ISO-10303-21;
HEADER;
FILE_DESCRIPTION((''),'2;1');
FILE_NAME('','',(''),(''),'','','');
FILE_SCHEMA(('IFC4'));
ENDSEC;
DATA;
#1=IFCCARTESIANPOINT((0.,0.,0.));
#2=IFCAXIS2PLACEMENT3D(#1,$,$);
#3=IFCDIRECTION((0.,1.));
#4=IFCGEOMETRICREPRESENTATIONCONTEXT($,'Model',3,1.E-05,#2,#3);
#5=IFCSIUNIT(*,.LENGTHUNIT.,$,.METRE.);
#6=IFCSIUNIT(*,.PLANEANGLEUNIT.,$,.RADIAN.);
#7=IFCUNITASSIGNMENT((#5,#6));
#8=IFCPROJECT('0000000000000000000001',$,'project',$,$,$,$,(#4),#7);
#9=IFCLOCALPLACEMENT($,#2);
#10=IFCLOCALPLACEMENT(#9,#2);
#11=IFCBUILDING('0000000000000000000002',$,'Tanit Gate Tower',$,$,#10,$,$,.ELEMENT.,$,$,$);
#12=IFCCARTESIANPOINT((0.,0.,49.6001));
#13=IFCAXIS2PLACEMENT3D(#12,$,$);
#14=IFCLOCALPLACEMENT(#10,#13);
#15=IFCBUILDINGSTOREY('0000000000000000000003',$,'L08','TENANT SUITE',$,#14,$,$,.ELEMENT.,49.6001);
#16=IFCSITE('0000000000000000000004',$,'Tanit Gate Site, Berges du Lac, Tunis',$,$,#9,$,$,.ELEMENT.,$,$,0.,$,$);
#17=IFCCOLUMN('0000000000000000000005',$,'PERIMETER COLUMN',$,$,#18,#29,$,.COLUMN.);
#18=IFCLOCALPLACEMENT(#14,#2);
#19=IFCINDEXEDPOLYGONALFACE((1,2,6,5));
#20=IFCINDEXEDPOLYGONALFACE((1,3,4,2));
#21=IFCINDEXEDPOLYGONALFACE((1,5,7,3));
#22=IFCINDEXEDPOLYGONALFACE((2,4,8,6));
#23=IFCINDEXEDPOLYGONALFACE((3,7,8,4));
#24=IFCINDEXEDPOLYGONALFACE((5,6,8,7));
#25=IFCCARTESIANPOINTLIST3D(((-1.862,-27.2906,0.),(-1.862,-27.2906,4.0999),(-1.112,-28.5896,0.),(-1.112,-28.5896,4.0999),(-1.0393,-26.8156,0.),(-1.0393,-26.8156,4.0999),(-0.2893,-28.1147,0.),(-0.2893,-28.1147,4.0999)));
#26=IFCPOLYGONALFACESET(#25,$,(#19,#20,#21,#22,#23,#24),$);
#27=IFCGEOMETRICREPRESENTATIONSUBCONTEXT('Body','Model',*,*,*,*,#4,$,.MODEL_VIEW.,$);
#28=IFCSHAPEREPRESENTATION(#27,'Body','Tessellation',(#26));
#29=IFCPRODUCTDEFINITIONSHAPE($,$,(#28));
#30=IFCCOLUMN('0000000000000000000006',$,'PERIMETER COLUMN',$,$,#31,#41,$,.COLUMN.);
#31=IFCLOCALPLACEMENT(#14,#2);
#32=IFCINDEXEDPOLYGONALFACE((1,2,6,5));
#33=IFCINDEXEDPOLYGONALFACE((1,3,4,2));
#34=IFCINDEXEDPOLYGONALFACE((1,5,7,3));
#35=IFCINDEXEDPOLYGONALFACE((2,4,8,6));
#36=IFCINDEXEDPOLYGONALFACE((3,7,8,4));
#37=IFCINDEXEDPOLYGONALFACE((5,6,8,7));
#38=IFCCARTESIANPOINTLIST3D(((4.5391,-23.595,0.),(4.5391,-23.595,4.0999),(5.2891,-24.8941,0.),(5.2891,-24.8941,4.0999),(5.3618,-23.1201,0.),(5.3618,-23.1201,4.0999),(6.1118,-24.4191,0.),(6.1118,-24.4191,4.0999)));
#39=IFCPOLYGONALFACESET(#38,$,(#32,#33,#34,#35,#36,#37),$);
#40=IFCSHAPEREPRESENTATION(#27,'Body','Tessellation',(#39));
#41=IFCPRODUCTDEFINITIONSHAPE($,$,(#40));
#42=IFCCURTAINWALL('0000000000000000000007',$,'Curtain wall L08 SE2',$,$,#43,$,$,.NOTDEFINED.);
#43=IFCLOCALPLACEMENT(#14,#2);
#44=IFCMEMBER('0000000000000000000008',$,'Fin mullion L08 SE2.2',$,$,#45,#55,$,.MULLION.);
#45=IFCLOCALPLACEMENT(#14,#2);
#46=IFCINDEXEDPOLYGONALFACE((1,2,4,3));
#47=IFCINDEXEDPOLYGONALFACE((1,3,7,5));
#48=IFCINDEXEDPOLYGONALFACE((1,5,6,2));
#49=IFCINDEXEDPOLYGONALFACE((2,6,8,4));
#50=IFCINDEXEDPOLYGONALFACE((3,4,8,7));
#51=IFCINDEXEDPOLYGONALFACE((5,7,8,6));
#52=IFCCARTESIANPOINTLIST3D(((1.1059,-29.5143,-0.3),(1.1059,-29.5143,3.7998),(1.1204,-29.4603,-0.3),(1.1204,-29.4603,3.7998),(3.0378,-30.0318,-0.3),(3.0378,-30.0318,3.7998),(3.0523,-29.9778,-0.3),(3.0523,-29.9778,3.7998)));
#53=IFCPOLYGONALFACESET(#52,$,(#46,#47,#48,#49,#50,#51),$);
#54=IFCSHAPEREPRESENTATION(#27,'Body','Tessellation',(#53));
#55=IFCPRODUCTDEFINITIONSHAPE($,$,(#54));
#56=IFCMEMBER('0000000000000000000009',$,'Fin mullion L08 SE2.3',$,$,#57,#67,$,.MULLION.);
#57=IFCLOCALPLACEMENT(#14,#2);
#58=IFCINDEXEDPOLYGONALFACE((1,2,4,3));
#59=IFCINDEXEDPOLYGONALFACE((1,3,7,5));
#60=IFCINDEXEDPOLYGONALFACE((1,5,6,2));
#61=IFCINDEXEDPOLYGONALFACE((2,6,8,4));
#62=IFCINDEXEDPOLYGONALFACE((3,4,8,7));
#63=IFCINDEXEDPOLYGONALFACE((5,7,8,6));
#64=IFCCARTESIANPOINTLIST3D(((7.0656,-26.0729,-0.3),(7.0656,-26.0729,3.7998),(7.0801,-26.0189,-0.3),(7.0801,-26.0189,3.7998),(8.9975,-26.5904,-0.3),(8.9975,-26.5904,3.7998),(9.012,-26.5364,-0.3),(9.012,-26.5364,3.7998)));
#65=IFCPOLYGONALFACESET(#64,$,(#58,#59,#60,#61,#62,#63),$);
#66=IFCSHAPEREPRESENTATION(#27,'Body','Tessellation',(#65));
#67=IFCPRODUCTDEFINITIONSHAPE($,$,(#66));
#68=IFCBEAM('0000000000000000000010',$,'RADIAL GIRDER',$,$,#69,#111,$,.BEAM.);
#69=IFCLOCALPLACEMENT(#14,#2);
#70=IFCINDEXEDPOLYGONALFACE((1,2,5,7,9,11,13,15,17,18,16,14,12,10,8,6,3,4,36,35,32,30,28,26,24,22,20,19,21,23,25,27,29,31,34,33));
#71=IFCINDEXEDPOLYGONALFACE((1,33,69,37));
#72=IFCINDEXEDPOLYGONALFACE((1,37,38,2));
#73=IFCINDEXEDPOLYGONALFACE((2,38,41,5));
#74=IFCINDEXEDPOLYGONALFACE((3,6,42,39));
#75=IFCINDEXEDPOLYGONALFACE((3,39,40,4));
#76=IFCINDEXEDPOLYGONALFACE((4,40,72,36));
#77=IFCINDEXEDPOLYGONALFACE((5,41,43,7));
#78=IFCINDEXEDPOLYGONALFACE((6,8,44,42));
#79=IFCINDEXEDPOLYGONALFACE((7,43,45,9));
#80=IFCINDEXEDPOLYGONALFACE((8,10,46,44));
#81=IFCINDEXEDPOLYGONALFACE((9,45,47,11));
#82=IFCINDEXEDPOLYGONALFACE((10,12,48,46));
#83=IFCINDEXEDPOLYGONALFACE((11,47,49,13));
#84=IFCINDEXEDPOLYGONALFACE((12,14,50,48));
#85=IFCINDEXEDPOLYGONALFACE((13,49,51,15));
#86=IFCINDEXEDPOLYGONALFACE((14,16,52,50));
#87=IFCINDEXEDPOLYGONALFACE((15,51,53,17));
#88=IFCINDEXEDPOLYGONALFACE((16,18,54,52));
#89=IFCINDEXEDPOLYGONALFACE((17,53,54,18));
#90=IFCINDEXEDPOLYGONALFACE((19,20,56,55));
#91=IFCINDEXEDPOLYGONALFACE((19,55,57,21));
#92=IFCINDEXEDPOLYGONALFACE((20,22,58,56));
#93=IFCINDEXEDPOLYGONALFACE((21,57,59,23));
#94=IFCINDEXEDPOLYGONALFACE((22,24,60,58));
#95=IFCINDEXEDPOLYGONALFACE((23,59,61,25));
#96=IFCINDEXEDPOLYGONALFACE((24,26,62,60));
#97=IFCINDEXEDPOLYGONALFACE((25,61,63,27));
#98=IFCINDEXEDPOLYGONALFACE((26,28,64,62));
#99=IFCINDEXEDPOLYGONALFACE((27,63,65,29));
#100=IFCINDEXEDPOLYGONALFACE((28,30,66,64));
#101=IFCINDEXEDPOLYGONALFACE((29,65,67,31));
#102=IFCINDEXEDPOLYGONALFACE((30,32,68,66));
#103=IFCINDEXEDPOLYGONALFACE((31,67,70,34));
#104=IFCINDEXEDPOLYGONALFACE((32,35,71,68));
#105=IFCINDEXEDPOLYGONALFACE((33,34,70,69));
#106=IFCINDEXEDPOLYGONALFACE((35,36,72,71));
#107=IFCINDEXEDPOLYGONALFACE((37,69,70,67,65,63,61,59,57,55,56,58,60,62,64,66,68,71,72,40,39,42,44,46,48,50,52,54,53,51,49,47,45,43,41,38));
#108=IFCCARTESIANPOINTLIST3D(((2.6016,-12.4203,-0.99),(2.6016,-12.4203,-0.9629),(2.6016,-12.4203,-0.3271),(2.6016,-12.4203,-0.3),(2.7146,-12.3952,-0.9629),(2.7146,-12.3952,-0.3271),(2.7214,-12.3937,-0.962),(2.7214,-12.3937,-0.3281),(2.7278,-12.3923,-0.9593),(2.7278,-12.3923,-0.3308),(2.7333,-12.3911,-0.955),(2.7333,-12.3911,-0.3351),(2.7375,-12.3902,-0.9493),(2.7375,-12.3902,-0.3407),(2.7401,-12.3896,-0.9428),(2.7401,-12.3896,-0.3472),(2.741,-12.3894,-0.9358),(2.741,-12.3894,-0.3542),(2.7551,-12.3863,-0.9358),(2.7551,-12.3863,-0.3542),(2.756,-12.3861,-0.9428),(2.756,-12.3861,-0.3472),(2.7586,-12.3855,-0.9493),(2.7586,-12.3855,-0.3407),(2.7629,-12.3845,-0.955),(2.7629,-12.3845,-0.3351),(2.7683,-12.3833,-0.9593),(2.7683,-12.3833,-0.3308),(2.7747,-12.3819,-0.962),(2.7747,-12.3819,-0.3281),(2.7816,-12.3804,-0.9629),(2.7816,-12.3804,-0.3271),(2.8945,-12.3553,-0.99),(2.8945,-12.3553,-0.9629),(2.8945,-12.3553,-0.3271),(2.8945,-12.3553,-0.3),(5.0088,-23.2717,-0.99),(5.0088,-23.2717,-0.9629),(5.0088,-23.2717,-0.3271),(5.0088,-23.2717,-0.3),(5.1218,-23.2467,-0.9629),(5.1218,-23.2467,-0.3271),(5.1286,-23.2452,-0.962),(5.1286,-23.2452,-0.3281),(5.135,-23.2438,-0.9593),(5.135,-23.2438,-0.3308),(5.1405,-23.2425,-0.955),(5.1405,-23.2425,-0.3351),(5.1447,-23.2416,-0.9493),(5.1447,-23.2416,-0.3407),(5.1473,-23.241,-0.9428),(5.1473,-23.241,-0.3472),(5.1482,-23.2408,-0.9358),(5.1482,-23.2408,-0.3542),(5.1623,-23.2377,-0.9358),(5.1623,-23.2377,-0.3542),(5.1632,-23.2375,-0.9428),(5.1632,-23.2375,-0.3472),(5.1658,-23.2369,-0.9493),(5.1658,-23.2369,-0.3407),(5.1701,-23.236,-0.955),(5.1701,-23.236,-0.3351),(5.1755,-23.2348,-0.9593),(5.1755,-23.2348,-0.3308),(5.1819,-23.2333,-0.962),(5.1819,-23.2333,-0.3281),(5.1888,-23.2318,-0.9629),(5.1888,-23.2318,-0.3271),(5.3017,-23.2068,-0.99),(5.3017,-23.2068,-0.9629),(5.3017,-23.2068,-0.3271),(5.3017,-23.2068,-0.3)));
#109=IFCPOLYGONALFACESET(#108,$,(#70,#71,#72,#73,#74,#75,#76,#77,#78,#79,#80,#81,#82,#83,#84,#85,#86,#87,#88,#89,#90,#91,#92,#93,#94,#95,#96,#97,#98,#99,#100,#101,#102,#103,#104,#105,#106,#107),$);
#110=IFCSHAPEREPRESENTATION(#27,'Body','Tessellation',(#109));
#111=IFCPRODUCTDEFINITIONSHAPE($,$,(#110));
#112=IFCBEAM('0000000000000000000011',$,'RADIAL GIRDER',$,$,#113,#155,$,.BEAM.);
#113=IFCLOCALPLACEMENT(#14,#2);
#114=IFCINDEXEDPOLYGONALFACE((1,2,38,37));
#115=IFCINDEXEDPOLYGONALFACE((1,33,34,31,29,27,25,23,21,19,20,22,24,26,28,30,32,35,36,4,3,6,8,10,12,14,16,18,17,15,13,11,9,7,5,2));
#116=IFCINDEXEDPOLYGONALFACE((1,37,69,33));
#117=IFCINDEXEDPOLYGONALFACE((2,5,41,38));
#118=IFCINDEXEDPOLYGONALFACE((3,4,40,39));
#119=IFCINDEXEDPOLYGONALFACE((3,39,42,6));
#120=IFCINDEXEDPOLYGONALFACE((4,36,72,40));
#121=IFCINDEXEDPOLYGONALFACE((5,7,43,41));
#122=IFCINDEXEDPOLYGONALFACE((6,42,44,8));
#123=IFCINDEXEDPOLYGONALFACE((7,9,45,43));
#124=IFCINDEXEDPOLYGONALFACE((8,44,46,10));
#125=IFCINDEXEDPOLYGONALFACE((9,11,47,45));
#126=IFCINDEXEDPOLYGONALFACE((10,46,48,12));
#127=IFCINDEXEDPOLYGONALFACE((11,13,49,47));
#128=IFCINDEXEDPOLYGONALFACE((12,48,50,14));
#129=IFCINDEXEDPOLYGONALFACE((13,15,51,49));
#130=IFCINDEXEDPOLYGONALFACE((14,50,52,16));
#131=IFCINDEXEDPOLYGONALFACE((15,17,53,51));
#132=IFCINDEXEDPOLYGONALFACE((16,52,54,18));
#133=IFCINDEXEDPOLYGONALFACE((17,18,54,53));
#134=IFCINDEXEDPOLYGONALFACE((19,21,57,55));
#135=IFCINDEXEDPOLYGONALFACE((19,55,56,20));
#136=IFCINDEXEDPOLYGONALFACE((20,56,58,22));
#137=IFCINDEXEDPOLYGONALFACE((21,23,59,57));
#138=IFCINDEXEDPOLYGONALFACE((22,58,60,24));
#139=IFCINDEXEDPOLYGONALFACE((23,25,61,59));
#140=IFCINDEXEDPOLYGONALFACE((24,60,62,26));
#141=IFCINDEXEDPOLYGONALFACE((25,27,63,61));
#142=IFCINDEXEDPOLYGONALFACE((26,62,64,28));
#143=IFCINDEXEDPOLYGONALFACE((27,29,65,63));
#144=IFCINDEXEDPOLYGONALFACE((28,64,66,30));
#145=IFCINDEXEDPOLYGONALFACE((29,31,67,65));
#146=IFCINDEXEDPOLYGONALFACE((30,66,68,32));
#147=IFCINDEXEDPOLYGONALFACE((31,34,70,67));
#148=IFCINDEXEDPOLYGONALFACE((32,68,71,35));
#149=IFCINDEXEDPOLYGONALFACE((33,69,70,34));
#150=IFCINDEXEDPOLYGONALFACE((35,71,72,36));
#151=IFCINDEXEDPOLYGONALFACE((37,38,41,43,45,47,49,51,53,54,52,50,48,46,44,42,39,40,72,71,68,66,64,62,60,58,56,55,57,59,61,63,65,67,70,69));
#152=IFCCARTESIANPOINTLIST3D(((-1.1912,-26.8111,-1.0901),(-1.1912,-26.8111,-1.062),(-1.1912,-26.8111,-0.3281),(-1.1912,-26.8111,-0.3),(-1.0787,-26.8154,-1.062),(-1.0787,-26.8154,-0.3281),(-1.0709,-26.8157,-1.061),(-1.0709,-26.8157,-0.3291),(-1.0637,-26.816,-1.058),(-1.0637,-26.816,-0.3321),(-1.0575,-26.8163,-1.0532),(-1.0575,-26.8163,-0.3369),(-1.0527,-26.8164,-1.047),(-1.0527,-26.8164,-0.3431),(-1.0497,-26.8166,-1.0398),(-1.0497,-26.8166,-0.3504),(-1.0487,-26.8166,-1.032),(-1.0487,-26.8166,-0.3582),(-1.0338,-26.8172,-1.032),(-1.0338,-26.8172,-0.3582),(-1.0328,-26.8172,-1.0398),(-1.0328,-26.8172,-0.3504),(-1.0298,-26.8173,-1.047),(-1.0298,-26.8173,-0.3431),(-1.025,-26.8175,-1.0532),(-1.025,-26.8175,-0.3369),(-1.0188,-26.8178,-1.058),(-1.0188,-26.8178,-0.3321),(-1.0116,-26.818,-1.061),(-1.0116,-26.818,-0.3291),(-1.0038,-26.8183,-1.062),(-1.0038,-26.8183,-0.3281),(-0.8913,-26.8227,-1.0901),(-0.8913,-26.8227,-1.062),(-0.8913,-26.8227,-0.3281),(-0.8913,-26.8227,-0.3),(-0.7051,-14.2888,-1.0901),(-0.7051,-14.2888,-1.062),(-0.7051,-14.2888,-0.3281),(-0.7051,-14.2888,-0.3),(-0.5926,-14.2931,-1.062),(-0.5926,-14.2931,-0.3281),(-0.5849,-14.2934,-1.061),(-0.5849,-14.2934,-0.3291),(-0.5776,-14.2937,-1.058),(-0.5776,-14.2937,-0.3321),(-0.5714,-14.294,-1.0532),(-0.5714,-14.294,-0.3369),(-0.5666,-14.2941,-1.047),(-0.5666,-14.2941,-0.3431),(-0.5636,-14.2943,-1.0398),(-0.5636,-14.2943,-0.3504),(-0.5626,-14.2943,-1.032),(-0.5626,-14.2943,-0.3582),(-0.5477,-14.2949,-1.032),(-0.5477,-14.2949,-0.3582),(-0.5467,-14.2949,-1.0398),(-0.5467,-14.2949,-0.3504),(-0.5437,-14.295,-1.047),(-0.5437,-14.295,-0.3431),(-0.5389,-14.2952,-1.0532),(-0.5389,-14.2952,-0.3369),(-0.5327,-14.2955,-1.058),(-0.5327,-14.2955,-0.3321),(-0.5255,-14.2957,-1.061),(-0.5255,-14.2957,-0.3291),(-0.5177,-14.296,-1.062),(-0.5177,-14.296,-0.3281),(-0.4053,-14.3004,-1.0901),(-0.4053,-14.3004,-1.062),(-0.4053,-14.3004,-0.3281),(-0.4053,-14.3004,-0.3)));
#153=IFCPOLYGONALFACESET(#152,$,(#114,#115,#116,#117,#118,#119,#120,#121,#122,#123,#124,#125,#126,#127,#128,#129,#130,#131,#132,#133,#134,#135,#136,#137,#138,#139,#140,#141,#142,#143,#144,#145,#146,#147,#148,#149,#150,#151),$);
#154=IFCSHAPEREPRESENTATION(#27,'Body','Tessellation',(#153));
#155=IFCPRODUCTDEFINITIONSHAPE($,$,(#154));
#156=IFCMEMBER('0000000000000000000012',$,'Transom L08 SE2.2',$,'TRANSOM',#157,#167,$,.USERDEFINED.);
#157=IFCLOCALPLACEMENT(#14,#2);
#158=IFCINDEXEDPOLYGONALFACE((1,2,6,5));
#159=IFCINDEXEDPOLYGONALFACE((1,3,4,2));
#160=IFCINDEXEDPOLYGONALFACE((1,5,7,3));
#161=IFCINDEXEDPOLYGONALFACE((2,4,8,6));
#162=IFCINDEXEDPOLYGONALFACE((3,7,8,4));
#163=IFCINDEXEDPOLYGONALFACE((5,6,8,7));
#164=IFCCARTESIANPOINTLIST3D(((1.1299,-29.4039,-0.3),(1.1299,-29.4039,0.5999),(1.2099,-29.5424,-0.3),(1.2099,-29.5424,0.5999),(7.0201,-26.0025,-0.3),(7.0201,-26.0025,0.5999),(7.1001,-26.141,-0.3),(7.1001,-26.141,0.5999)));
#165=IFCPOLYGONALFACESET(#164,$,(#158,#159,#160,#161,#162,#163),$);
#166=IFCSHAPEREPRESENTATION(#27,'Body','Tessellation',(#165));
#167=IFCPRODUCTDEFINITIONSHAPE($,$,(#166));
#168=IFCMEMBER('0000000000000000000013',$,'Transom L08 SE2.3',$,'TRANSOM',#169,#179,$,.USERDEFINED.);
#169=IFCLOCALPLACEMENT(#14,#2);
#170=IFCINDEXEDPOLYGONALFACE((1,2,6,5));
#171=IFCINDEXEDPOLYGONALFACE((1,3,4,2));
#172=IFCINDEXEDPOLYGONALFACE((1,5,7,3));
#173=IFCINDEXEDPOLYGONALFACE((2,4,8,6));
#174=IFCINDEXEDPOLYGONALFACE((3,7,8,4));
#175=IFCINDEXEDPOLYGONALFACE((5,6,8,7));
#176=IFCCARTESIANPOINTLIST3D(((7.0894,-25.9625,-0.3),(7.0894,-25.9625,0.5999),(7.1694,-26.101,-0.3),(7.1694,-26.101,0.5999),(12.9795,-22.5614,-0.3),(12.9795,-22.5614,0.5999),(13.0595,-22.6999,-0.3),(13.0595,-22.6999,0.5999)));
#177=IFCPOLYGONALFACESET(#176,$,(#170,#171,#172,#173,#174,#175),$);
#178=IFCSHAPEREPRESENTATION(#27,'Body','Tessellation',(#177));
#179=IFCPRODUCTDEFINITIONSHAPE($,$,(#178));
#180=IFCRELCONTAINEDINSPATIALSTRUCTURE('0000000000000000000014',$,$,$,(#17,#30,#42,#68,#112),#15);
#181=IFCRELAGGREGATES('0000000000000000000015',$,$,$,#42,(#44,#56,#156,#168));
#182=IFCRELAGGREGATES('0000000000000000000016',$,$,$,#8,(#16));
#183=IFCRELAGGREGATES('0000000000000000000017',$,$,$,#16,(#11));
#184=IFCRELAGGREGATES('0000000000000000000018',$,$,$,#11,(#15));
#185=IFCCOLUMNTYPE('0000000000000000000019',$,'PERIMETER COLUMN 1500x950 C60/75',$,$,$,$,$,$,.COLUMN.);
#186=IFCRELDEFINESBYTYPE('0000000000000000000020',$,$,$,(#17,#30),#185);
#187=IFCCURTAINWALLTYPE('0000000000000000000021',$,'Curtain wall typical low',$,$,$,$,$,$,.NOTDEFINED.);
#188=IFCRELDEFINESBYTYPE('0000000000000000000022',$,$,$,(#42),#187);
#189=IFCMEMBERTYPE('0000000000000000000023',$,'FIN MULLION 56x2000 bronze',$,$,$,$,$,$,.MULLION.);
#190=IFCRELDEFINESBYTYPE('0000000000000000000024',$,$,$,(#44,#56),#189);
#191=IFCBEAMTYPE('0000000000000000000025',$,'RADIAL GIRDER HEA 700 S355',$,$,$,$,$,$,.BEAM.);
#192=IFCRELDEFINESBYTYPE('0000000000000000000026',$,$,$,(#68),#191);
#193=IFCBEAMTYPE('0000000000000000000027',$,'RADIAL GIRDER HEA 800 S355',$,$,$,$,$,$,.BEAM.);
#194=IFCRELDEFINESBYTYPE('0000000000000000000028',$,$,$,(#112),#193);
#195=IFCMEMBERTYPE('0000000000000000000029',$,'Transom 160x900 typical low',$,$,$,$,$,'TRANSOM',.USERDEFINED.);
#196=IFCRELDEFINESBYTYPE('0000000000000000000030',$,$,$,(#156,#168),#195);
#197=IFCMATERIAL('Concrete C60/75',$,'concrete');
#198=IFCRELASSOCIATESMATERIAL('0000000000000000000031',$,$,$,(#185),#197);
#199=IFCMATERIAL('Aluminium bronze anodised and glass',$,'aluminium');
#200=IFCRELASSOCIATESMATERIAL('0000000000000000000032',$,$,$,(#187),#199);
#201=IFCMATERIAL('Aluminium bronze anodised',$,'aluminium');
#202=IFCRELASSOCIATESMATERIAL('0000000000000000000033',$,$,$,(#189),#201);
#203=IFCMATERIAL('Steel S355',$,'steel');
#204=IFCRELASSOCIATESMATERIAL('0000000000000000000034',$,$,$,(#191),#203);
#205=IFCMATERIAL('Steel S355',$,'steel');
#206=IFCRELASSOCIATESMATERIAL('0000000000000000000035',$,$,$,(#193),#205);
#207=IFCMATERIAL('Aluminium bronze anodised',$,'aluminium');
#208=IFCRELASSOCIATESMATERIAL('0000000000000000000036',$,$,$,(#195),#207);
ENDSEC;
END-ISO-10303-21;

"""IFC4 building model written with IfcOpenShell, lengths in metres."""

from ifc_helpers import new_model, si_unit, direction, frame, origin, origin_2d, place, context, subcontext, project, spatial, rectangle, i_section, extrude, material, material_profile, profile_set, type_object, element, aggregate, save


model = new_model("IFC4")

# Units and contexts
model_context = context("Model", 3, precision=1e-05, world=origin(), true_north=direction((0.0, 1.0)))
body_context = subcontext(model_context, "Body", "Model", "MODEL_VIEW")
ifc_project = project(units=[si_unit("LENGTHUNIT", "METRE"), si_unit("PLANEANGLEUNIT", "RADIAN")], contexts=[model_context])

# Site, building, storey
site_placement = place(None, origin())
site = spatial("IfcSite", under=ifc_project, at=site_placement, Name="Tanit Gate Site, Berges du Lac, Tunis", CompositionType="ELEMENT", RefElevation=0.0)
building_placement = place(site_placement, origin())
building = spatial("IfcBuilding", under=site, at=building_placement, Name="Tanit Gate Tower", CompositionType="ELEMENT")
storey_placement = place(building_placement, frame((0.0, 0.0, 49.6001)))
storey = spatial("IfcBuildingStorey", under=building, at=storey_placement, Name="L08", Description="TENANT SUITE", CompositionType="ELEMENT", Elevation=49.6001)

# Columns
ifc_material_1 = material(Name="Concrete C60/75", Category="concrete")
ifc_material_profile_1 = material_profile(ifc_material_1, rectangle(XDim=1.5, YDim=0.95, at=origin_2d()), Name="RC 1500x950")
ifc_profile_set_1 = profile_set([ifc_material_profile_1], Name="Concrete C60/75")
column_type = type_object("IfcColumnType", Name="PERIMETER COLUMN 1500x950 C60/75", PredefinedType="COLUMN", material=ifc_profile_set_1)
for number, where, z_axis, x_axis, name in (
    (1, (-1.0757, -27.7026, 0.0), (0.0, 0.0, 1.0), (0.5, -0.866025, 0.0), "PERIMETER COLUMN"),
    (2, (5.3254, -24.0071, 0.0), (0.0, 0.0, 1.0), (0.5, -0.866025, 0.0), "PERIMETER COLUMN"),
):
    element("IfcColumn", number, at=place(storey_placement, frame(where, z_axis=z_axis, x_axis=x_axis)), inside=storey, type_object=column_type, Name=name, PredefinedType="COLUMN", context=body_context, shape_type="SweptSolid", body=[
        extrude(rectangle(XDim=1.5, YDim=0.95, at=origin_2d()), origin(), (0.0, 0.0, 1.0), 4.0999),
    ])

# Curtain wall, members
ifc_material_2 = material(Name="Aluminium bronze anodised and glass", Category="aluminium")
curtain_wall_type = type_object("IfcCurtainWallType", Name="Curtain wall typical low", PredefinedType="NOTDEFINED", material=ifc_material_2)
curtain_wall_placement = place(storey_placement, origin())
curtain_wall = element("IfcCurtainWall", 3, at=curtain_wall_placement, inside=storey, type_object=curtain_wall_type, Name="Curtain wall L08 SE2", PredefinedType="NOTDEFINED")
ifc_material_3 = material(Name="Aluminium bronze anodised", Category="aluminium")
ifc_material_profile_2 = material_profile(ifc_material_3, rectangle(XDim=2.0, YDim=0.0559, at=origin_2d()), Name="56x2000 bronze fin mullion")
ifc_profile_set_2 = profile_set([ifc_material_profile_2], Name="Aluminium bronze anodised")
member_type_1 = type_object("IfcMemberType", Name="FIN MULLION 56x2000 bronze", PredefinedType="MULLION", material=ifc_profile_set_2)
member_1_placement = place(storey_placement, frame((2.0791, -29.7461, -0.3), z_axis=(0.0, 0.0, 1.0), x_axis=(-0.965944, 0.258752, 0.0)))
member_1 = element("IfcMember", 4, at=member_1_placement, type_object=member_type_1, Name="Fin mullion L08 SE2.2", PredefinedType="MULLION", context=body_context, shape_type="SweptSolid", body=[
    extrude(rectangle(XDim=2.0, YDim=0.0559, at=origin_2d()), origin(), (0.0, 0.0, 1.0), 4.0999),
])
member_2_placement = place(storey_placement, frame((8.0388, -26.3047, -0.3), z_axis=(0.0, 0.0, 1.0), x_axis=(-0.965944, 0.258752, 0.0)))
member_2 = element("IfcMember", 5, at=member_2_placement, type_object=member_type_1, Name="Fin mullion L08 SE2.3", PredefinedType="MULLION", context=body_context, shape_type="SweptSolid", body=[
    extrude(rectangle(XDim=2.0, YDim=0.0559, at=origin_2d()), origin(), (0.0, 0.0, 1.0), 4.0999),
])

# Beams
ifc_material_4 = material(Name="Steel S355", Category="steel")
ifc_material_profile_3 = material_profile(ifc_material_4, i_section(OverallWidth=0.3, OverallDepth=0.6899, WebThickness=0.0144, FlangeThickness=0.0271, FilletRadius=0.0271, at=origin_2d()), Name="HEA 700")
ifc_profile_set_3 = profile_set([ifc_material_profile_3], Name="Steel S355")
beam_type_1 = type_object("IfcBeamType", Name="RADIAL GIRDER HEA 700 S355", PredefinedType="BEAM", material=ifc_profile_set_3)
beam_1_placement = place(storey_placement, frame((5.1553, -23.2393, -0.645), z_axis=(-0.216568, 0.976268, 0.0), x_axis=(-0.976268, -0.216568, 0.0)))
element("IfcBeam", 6, at=beam_1_placement, inside=storey, type_object=beam_type_1, Name="RADIAL GIRDER", PredefinedType="BEAM", context=body_context, shape_type="SweptSolid", body=[
    extrude(i_section(OverallWidth=0.3, OverallDepth=0.6899, WebThickness=0.0144, FlangeThickness=0.0271, FilletRadius=0.0271, at=origin_2d()), origin(), (0.0, 0.0, 1.0), 11.1152),
])
ifc_material_5 = material(Name="Steel S355", Category="steel")
ifc_material_profile_4 = material_profile(ifc_material_5, i_section(OverallWidth=0.3, OverallDepth=0.79, WebThickness=0.0149, FlangeThickness=0.0281, FilletRadius=0.03, at=origin_2d()), Name="HEA 800")
ifc_profile_set_4 = profile_set([ifc_material_profile_4], Name="Steel S355")
beam_type_2 = type_object("IfcBeamType", Name="RADIAL GIRDER HEA 800 S355", PredefinedType="BEAM", material=ifc_profile_set_4)
beam_2_placement = place(storey_placement, frame((-1.0413, -26.8169, -0.6951), z_axis=(0.038789, 0.999247, 0.0), x_axis=(-0.999247, 0.038789, 0.0)))
element("IfcBeam", 7, at=beam_2_placement, inside=storey, type_object=beam_type_2, Name="RADIAL GIRDER", PredefinedType="BEAM", context=body_context, shape_type="SweptSolid", body=[
    extrude(i_section(OverallWidth=0.3, OverallDepth=0.79, WebThickness=0.0149, FlangeThickness=0.0281, FilletRadius=0.03, at=origin_2d()), origin(), (0.0, 0.0, 1.0), 12.5317),
])

# Members
ifc_material_6 = material(Name="Aluminium bronze anodised", Category="aluminium")
ifc_material_profile_5 = material_profile(ifc_material_6, rectangle(XDim=0.1599, YDim=0.8999, at=origin_2d()), Name="160x900 bronze transom")
ifc_profile_set_5 = profile_set([ifc_material_profile_5], Name="Aluminium bronze anodised")
member_type_2 = type_object("IfcMemberType", Name="Transom 160x900 typical low", ElementType="TRANSOM", PredefinedType="USERDEFINED", material=ifc_profile_set_5)
member_3_placement = place(storey_placement, frame((1.1699, -29.4731, 0.1499), z_axis=(0.865981, 0.500077, 0.0), x_axis=(-0.500077, 0.865981, 0.0)))
member_3 = element("IfcMember", 8, at=member_3_placement, type_object=member_type_2, Name="Transom L08 SE2.2", ObjectType="TRANSOM", PredefinedType="USERDEFINED", context=body_context, shape_type="SweptSolid", body=[
    extrude(rectangle(XDim=0.1599, YDim=0.8999, at=origin_2d()), origin(), (0.0, 0.0, 1.0), 6.8018),
])
member_4_placement = place(storey_placement, frame((7.1294, -26.0317, 0.1499), z_axis=(0.865997, 0.50005, 0.0), x_axis=(-0.50005, 0.865997, 0.0)))
member_4 = element("IfcMember", 9, at=member_4_placement, type_object=member_type_2, Name="Transom L08 SE2.3", ObjectType="TRANSOM", PredefinedType="USERDEFINED", context=body_context, shape_type="SweptSolid", body=[
    extrude(rectangle(XDim=0.1599, YDim=0.8999, at=origin_2d()), origin(), (0.0, 0.0, 1.0), 6.8015),
])

aggregate(curtain_wall, [member_1, member_2, member_3, member_4])

save(model, "model.ifc")
